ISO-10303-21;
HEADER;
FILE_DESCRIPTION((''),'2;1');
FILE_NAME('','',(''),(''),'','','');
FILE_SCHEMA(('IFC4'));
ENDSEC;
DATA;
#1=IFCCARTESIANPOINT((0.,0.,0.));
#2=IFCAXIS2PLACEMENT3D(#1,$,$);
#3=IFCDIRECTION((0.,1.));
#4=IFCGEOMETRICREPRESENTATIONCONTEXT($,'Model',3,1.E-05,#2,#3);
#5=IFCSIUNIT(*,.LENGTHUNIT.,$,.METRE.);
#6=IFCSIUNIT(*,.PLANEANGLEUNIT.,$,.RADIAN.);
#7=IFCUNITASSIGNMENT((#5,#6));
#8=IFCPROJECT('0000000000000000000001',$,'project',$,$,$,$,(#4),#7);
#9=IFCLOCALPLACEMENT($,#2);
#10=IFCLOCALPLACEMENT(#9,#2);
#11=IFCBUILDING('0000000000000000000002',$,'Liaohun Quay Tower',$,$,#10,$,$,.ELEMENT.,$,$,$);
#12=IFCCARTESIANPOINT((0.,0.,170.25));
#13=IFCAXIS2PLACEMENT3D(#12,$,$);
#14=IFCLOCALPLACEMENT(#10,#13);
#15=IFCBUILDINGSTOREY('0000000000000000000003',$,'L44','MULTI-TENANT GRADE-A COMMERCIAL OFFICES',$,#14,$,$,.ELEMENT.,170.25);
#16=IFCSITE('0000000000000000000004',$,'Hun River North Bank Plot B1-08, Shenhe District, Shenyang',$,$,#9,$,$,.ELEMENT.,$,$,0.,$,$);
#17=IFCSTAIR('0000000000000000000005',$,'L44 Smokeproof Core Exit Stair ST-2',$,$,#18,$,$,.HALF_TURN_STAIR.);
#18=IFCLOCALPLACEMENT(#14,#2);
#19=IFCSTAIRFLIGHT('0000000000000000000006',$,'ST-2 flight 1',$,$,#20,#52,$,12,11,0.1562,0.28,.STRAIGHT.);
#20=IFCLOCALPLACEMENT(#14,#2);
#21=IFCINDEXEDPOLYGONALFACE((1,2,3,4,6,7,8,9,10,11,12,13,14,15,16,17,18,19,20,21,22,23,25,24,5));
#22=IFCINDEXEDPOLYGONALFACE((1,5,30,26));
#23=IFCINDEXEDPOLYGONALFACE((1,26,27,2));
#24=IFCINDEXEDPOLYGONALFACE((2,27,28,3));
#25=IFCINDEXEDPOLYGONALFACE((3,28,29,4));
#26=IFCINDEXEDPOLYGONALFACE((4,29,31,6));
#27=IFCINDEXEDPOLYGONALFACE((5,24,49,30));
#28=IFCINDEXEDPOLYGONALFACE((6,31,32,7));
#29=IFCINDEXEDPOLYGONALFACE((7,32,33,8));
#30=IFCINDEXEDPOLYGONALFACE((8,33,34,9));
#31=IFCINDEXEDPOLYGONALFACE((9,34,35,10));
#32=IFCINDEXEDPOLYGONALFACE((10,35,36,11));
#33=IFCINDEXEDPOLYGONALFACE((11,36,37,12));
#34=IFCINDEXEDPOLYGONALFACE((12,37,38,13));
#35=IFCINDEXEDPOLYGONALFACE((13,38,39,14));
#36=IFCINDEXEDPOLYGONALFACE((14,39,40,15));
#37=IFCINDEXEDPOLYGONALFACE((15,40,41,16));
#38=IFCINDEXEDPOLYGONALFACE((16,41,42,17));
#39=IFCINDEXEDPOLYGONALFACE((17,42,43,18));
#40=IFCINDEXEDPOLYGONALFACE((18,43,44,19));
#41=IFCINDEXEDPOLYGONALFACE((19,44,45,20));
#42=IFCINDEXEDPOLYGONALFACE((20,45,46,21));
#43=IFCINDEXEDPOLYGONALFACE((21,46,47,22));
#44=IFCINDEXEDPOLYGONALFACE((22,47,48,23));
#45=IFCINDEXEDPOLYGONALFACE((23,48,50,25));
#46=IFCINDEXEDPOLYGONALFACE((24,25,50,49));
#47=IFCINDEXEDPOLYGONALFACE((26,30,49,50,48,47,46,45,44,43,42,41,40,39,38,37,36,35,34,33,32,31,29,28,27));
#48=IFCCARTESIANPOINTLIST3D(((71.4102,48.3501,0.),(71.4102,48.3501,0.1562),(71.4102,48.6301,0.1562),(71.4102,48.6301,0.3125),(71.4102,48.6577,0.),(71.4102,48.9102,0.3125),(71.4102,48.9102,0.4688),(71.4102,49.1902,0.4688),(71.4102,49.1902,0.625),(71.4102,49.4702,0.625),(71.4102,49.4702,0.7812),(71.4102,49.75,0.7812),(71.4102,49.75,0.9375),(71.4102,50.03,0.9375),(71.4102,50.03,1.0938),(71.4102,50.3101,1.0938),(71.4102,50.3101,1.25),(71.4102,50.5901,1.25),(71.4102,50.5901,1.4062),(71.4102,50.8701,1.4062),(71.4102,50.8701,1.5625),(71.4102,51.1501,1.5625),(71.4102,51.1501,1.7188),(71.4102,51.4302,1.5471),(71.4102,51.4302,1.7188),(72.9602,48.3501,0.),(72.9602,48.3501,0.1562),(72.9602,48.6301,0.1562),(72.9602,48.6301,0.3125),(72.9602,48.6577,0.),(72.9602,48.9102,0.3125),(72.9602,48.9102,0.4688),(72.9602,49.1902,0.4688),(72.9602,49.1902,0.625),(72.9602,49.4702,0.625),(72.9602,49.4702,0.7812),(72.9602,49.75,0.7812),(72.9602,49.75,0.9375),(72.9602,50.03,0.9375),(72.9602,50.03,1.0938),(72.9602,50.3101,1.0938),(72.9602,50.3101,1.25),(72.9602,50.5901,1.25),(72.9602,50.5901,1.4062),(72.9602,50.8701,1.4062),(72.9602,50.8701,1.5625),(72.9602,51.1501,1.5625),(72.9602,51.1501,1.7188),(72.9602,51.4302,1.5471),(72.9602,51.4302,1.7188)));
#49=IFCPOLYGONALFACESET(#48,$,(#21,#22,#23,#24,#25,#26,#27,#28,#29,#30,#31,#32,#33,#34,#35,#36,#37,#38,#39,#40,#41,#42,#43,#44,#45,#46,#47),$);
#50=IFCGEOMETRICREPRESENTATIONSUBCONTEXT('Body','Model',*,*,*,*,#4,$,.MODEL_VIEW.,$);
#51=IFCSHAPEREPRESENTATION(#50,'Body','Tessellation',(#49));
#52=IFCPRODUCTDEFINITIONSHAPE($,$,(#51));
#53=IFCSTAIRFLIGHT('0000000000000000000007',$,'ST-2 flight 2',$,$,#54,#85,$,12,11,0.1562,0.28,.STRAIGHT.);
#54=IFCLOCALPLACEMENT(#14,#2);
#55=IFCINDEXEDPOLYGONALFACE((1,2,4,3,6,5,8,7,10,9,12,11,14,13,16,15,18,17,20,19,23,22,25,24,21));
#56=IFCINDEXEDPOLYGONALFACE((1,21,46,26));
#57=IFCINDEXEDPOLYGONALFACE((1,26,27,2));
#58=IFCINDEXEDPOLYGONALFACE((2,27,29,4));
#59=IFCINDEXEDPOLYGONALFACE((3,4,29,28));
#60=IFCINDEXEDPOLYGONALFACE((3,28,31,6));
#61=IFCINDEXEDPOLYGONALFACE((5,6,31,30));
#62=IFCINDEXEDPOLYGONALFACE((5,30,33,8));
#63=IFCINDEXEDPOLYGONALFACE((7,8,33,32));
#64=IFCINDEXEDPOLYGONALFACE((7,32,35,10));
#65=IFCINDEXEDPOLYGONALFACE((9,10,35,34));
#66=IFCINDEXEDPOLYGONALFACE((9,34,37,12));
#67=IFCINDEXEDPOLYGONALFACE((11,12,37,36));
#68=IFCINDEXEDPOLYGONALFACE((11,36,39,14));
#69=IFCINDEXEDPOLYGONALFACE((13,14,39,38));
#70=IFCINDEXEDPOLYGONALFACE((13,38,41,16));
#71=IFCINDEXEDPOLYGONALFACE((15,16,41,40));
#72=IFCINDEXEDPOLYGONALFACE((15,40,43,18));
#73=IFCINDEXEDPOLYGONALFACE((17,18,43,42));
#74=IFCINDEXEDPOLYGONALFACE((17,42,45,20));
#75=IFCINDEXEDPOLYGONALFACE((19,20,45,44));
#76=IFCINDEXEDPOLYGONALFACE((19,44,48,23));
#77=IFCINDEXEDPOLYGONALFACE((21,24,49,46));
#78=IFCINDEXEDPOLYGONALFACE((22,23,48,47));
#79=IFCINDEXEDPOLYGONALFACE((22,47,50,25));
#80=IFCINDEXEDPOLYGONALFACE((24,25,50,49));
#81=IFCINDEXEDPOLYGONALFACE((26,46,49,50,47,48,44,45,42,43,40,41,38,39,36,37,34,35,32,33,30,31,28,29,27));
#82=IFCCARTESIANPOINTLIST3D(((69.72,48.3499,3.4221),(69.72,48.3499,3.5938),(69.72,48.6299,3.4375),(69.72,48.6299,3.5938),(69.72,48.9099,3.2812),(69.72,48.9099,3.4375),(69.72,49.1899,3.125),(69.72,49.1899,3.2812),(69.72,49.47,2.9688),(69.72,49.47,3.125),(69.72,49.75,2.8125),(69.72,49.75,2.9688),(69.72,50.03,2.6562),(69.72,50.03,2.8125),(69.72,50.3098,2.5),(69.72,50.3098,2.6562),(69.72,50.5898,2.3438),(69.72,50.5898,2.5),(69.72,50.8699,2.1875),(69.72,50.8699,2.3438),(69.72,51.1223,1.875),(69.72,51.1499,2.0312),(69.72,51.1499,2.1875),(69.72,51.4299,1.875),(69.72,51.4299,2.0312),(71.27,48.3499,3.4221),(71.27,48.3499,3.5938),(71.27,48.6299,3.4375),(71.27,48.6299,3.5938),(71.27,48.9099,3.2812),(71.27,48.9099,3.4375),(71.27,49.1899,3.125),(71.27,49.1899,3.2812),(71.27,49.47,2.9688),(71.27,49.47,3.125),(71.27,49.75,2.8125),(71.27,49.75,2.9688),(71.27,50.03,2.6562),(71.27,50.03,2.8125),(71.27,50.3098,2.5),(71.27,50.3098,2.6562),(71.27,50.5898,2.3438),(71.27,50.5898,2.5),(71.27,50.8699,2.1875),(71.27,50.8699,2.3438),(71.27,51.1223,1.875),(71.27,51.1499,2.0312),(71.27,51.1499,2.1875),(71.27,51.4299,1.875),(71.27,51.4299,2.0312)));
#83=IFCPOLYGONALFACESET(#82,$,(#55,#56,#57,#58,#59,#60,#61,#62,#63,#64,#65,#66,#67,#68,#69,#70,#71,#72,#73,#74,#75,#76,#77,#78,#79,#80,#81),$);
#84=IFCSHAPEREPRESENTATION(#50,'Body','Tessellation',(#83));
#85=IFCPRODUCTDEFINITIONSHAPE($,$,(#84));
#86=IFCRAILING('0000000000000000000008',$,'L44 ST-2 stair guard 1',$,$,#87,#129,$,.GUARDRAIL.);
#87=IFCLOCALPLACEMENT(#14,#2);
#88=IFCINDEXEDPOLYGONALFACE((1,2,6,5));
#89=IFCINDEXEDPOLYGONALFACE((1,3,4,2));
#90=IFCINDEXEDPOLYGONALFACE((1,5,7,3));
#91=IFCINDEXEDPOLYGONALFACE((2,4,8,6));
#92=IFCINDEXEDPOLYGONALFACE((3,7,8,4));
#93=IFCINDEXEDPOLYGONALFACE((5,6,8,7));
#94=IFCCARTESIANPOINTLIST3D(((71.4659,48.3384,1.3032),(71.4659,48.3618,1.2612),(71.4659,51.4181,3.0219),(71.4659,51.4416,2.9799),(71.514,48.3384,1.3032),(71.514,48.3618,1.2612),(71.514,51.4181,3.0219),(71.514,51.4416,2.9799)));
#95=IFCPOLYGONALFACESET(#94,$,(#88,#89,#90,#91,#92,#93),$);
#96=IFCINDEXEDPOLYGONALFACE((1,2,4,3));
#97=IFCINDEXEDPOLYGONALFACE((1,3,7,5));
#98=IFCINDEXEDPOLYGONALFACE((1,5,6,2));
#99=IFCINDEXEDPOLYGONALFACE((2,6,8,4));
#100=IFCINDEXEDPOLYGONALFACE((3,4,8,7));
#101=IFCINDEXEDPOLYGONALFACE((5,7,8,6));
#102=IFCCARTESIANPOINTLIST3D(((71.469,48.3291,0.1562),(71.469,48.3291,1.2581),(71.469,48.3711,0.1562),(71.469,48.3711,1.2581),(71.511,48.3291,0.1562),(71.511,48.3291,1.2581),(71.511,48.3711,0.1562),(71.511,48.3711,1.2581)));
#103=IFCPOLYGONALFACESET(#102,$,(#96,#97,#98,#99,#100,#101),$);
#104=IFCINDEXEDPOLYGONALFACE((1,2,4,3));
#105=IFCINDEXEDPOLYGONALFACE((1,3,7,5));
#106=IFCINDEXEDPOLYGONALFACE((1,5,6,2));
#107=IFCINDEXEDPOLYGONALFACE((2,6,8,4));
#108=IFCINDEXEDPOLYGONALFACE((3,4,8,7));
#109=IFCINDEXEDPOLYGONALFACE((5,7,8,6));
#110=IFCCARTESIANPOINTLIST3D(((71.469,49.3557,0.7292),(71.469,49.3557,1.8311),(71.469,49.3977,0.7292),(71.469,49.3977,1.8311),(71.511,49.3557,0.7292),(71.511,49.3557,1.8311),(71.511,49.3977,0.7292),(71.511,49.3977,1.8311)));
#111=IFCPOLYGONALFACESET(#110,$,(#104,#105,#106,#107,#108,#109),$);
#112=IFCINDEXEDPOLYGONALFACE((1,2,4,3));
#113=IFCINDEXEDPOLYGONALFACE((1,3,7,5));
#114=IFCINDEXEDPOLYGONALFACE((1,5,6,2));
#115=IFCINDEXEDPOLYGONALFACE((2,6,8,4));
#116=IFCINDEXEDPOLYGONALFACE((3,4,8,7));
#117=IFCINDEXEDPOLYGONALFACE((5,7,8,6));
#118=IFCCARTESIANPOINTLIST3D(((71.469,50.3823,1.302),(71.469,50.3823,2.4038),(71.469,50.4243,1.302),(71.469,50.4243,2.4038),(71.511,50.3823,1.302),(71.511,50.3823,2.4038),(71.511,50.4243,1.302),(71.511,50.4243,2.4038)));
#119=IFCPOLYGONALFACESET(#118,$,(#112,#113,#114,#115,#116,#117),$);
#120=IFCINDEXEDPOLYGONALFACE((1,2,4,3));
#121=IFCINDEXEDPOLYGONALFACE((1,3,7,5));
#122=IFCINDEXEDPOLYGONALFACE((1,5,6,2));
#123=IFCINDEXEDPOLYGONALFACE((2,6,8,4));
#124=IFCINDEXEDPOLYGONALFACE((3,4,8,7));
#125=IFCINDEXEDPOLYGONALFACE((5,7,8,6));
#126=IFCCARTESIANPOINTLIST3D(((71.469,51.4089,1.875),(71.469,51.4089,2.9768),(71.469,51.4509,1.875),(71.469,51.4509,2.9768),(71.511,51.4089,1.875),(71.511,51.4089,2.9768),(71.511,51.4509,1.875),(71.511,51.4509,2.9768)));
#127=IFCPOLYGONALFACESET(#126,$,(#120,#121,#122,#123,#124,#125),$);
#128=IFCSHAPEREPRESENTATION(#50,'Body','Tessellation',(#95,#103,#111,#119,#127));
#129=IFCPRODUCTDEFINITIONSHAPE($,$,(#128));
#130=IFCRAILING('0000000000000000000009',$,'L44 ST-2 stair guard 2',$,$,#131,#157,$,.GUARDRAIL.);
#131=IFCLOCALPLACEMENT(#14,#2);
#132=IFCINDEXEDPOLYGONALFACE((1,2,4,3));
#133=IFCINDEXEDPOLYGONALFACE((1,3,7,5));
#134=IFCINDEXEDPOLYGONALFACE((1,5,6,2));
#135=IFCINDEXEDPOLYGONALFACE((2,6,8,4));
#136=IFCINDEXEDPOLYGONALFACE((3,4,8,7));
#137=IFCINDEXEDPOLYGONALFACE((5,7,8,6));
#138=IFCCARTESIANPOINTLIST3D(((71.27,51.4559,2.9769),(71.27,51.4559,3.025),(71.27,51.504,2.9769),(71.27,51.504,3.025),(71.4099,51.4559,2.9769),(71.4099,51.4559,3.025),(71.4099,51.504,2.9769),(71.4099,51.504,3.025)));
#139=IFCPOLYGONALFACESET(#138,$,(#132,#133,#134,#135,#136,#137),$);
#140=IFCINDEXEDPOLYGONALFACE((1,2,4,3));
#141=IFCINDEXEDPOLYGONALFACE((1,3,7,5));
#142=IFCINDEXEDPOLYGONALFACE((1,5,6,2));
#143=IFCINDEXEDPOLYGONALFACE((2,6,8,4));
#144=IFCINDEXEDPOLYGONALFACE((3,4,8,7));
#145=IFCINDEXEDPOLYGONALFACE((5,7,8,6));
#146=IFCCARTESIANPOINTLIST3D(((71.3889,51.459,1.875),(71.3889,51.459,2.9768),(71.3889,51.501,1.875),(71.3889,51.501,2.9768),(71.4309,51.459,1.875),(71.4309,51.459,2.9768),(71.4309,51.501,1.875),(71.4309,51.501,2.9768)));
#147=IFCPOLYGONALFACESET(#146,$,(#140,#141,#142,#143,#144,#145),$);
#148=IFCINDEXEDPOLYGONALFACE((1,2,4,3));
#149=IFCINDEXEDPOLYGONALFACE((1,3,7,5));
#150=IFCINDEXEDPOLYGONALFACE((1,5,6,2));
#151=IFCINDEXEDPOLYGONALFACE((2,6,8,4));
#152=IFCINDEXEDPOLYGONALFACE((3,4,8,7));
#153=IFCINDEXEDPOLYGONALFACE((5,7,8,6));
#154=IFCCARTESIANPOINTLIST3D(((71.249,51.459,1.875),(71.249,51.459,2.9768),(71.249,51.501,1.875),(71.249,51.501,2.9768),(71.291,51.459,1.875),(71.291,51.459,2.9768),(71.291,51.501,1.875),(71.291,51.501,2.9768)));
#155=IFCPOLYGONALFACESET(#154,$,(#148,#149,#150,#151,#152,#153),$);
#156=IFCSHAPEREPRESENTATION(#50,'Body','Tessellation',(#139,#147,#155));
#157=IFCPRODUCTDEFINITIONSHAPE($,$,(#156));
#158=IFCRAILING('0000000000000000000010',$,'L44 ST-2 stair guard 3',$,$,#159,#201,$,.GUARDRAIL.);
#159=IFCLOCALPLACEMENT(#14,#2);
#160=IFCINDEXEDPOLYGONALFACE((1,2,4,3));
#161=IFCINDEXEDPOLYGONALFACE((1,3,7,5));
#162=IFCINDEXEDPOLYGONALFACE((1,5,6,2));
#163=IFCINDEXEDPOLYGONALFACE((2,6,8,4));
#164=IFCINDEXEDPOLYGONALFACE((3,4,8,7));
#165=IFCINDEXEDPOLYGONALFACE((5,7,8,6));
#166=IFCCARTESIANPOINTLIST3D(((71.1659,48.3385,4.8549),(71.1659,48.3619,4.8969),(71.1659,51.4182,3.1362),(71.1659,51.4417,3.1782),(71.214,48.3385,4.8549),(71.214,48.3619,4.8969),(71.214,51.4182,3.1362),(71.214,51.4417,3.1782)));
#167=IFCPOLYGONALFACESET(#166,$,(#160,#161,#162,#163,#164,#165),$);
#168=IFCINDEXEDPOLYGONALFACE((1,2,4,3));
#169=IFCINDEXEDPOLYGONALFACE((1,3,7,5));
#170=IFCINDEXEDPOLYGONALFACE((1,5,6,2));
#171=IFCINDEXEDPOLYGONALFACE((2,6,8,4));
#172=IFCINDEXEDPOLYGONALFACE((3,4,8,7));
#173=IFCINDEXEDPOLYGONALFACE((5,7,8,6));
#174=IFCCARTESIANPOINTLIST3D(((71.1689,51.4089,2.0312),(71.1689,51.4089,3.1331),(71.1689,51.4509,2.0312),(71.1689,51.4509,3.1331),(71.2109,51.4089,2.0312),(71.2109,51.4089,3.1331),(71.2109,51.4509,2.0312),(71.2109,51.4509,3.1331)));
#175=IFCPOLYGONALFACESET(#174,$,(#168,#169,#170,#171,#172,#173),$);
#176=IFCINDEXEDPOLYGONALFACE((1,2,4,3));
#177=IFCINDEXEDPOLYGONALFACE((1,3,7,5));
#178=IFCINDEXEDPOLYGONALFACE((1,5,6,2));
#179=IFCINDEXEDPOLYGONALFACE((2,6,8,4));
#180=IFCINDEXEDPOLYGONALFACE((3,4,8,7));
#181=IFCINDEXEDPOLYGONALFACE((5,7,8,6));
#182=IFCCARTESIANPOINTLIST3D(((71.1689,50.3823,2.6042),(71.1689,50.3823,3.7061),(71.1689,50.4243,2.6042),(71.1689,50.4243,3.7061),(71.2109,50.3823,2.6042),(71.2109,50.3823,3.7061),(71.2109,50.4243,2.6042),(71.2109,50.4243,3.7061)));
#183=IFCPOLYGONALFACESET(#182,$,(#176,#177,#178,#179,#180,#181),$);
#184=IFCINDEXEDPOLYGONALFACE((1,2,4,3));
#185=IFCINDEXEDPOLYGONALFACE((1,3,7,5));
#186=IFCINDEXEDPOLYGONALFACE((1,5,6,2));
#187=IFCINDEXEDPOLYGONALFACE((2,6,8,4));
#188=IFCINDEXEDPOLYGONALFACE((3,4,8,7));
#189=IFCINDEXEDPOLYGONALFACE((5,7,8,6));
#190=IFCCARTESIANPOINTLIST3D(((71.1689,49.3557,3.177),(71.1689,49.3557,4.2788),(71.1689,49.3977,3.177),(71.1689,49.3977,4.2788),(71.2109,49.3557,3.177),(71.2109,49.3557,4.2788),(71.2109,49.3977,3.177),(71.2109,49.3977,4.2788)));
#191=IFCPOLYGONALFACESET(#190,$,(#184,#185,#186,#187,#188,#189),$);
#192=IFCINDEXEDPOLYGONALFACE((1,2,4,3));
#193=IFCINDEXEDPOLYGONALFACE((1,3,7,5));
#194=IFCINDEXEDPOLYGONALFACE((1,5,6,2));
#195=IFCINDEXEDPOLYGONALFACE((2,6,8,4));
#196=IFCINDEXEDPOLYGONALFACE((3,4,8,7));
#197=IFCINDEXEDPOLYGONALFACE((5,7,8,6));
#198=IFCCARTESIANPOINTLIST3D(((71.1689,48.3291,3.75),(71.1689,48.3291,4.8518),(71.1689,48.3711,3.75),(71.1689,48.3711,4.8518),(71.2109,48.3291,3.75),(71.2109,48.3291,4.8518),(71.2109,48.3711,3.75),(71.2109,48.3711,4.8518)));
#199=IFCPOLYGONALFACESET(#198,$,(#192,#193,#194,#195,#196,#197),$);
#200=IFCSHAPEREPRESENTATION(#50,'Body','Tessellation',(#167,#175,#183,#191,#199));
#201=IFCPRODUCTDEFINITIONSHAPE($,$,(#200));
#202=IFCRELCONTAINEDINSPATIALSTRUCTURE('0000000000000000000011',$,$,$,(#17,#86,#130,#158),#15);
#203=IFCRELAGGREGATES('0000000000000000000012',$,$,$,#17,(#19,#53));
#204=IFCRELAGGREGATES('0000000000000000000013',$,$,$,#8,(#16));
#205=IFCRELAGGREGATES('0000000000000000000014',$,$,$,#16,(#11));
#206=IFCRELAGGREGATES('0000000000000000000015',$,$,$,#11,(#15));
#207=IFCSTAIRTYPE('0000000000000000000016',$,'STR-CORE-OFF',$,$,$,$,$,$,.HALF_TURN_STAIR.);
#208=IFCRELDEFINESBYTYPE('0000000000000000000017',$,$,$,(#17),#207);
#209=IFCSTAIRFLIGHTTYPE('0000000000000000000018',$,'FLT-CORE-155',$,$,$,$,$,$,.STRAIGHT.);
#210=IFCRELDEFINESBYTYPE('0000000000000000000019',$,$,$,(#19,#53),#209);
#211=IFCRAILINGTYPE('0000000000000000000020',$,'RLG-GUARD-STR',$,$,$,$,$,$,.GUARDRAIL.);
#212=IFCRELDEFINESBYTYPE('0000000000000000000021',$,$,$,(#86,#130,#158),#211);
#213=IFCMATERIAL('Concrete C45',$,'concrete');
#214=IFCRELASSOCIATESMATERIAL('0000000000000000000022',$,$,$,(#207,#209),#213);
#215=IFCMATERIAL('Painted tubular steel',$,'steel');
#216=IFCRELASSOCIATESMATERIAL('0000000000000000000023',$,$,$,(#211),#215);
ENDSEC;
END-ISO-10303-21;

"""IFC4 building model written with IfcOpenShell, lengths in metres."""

from ifc_helpers import new_model, si_unit, direction, frame, origin, origin_2d, place, context, subcontext, project, spatial, polyline, rectangle, outline, extrude, material, type_object, element, aggregate, save


model = new_model("IFC4")

# Units and contexts
model_context = context("Model", 3, precision=1e-05, world=origin(), true_north=direction((0.0, 1.0)))
body_context = subcontext(model_context, "Body", "Model", "MODEL_VIEW")
ifc_project = project(units=[si_unit("LENGTHUNIT", "METRE"), si_unit("PLANEANGLEUNIT", "RADIAN")], contexts=[model_context])

# Site, building, storey
site_placement = place(None, origin())
site = spatial("IfcSite", under=ifc_project, at=site_placement, Name="Hun River North Bank Plot B1-08, Shenhe District, Shenyang", CompositionType="ELEMENT", RefElevation=0.0)
building_placement = place(site_placement, origin())
building = spatial("IfcBuilding", under=site, at=building_placement, Name="Liaohun Quay Tower", CompositionType="ELEMENT")
storey_placement = place(building_placement, frame((0.0, 0.0, 170.25)))
storey = spatial("IfcBuildingStorey", under=building, at=storey_placement, Name="L44", Description="MULTI-TENANT GRADE-A COMMERCIAL OFFICES", CompositionType="ELEMENT", Elevation=170.25)

# Stair, stair flights
ifc_material_1 = material(Name="Concrete C45", Category="concrete")
stair_type = type_object("IfcStairType", Name="STR-CORE-OFF", PredefinedType="HALF_TURN_STAIR", material=ifc_material_1)
stair_placement = place(storey_placement, origin())
stair = element("IfcStair", 1, at=stair_placement, inside=storey, type_object=stair_type, Name="L44 Smokeproof Core Exit Stair ST-2", PredefinedType="HALF_TURN_STAIR")
stair_flight_type = type_object("IfcStairFlightType", Name="FLT-CORE-155", PredefinedType="STRAIGHT", material=ifc_material_1)
stair_flight_1_placement = place(storey_placement, frame((72.1851, 48.3501, 0.0), z_axis=(0.0, 0.0, 1.0), x_axis=(0.0, 1.0, 0.0)))
stair_flight_1 = element("IfcStairFlight", 2, at=stair_flight_1_placement, type_object=stair_flight_type, Name="ST-2 flight 1", NumberOfRisers=12, NumberOfTreads=11, PredefinedType="STRAIGHT", RiserHeight=0.1562, TreadLength=0.28, context=body_context, shape_type="SweptSolid", body=[
    extrude(outline(polyline([(0.0, 0.0), (0.0, 0.1562), (0.28, 0.1562), (0.28, 0.3125), (0.5601, 0.3125), (0.5601, 0.4688), (0.8401, 0.4688), (0.8401, 0.625), (1.1201, 0.625), (1.1201, 0.7812), (1.3999, 0.7812), (1.3999, 0.9375), (1.6799, 0.9375), (1.6799, 1.0938), (1.96, 1.0938), (1.96, 1.25), (2.24, 1.25), (2.24, 1.4062), (2.52, 1.4062), (2.52, 1.5625), (2.8, 1.5625), (2.8, 1.7188), (3.0801, 1.7188), (3.0801, 1.875), (3.0801, 1.5471), (0.3076, 0.0), (0.0, 0.0)])), frame((0.0, 0.7749, 0.0), z_axis=(0.0, -1.0, 0.0), x_axis=(1.0, 0.0, 0.0)), (0.0, 0.0, 1.0), 1.55),
])
stair_flight_2_placement = place(storey_placement, frame((70.4951, 51.4299, 1.875), z_axis=(0.0, 0.0, 1.0), x_axis=(0.0, -1.0, 0.0)))
stair_flight_2 = element("IfcStairFlight", 3, at=stair_flight_2_placement, type_object=stair_flight_type, Name="ST-2 flight 2", NumberOfRisers=12, NumberOfTreads=11, PredefinedType="STRAIGHT", RiserHeight=0.1562, TreadLength=0.28, context=body_context, shape_type="SweptSolid", body=[
    extrude(outline(polyline([(0.0, 0.0), (0.0, 0.1562), (0.28, 0.1562), (0.28, 0.3125), (0.5601, 0.3125), (0.5601, 0.4688), (0.8401, 0.4688), (0.8401, 0.625), (1.1201, 0.625), (1.1201, 0.7812), (1.3999, 0.7812), (1.3999, 0.9375), (1.6799, 0.9375), (1.6799, 1.0938), (1.96, 1.0938), (1.96, 1.25), (2.24, 1.25), (2.24, 1.4062), (2.52, 1.4062), (2.52, 1.5625), (2.8, 1.5625), (2.8, 1.7188), (3.0801, 1.7188), (3.0801, 1.875), (3.0801, 1.5471), (0.3076, 0.0), (0.0, 0.0)])), frame((0.0, 0.7749, 0.0), z_axis=(0.0, -1.0, 0.0), x_axis=(1.0, 0.0, 0.0)), (0.0, 0.0, 1.0), 1.55),
])
aggregate(stair, [stair_flight_1, stair_flight_2])

# Railings
ifc_material_2 = material(Name="Painted tubular steel", Category="steel")
railing_type_1 = type_object("IfcRailingType", Name="RLG-GUARD-STR", PredefinedType="GUARDRAIL", material=ifc_material_2)
railing_1_placement = place(storey_placement, frame((71.49, 48.3501, 0.1562)))
element("IfcRailing", 4, at=railing_1_placement, inside=storey, type_object=railing_type_1, Name="L44 ST-2 stair guard 1", PredefinedType="GUARDRAIL", context=body_context, shape_type="SweptSolid", body=[
    extrude(rectangle(XDim=0.0481, YDim=0.0481, at=origin_2d()), frame((0.0, 0.0, 1.126), z_axis=(0.0, 0.873225, 0.487317), x_axis=(-1.0, 0.0, 0.0)), (0.0, 0.0, 1.0), 3.5269),
    extrude(rectangle(XDim=0.042, YDim=0.042, at=origin_2d()), origin(), (0.0, 0.0, 1.0), 1.1018),
    extrude(rectangle(XDim=0.042, YDim=0.042, at=origin_2d()), frame((0.0, 1.0266, 0.573)), (0.0, 0.0, 1.0), 1.1018),
    extrude(rectangle(XDim=0.042, YDim=0.042, at=origin_2d()), frame((0.0, 2.0532, 1.1458)), (0.0, 0.0, 1.0), 1.1018),
    extrude(rectangle(XDim=0.042, YDim=0.042, at=origin_2d()), frame((0.0, 3.0798, 1.7188)), (0.0, 0.0, 1.0), 1.1018),
])
railing_2_placement = place(storey_placement, frame((71.4099, 51.48, 1.875)))
element("IfcRailing", 5, at=railing_2_placement, inside=storey, type_object=railing_type_1, Name="L44 ST-2 stair guard 2", PredefinedType="GUARDRAIL", context=body_context, shape_type="SweptSolid", body=[
    extrude(rectangle(XDim=0.0481, YDim=0.0481, at=origin_2d()), frame((0.0, 0.0, 1.126), z_axis=(-1.0, 0.0, 0.0), x_axis=(0.0, -1.0, 0.0)), (0.0, 0.0, 1.0), 0.1399),
    extrude(rectangle(XDim=0.042, YDim=0.042, at=origin_2d()), origin(), (0.0, 0.0, 1.0), 1.1018),
    extrude(rectangle(XDim=0.042, YDim=0.042, at=origin_2d()), frame((-0.1399, 0.0, 0.0)), (0.0, 0.0, 1.0), 1.1018),
])
railing_3_placement = place(storey_placement, frame((71.1899, 51.4299, 2.0312)))
element("IfcRailing", 6, at=railing_3_placement, inside=storey, type_object=railing_type_1, Name="L44 ST-2 stair guard 3", PredefinedType="GUARDRAIL", context=body_context, shape_type="SweptSolid", body=[
    extrude(rectangle(XDim=0.0481, YDim=0.0481, at=origin_2d()), frame((0.0, 0.0, 1.126), z_axis=(0.0, -0.873225, 0.487317), x_axis=(1.0, 0.0, 0.0)), (0.0, 0.0, 1.0), 3.5269),
    extrude(rectangle(XDim=0.042, YDim=0.042, at=origin_2d()), origin(), (0.0, 0.0, 1.0), 1.1018),
    extrude(rectangle(XDim=0.042, YDim=0.042, at=origin_2d()), frame((0.0, -1.0266, 0.573)), (0.0, 0.0, 1.0), 1.1018),
    extrude(rectangle(XDim=0.042, YDim=0.042, at=origin_2d()), frame((0.0, -2.0532, 1.1458)), (0.0, 0.0, 1.0), 1.1018),
    extrude(rectangle(XDim=0.042, YDim=0.042, at=origin_2d()), frame((0.0, -3.0798, 1.7188)), (0.0, 0.0, 1.0), 1.1018),
])

save(model, "model.ifc")
